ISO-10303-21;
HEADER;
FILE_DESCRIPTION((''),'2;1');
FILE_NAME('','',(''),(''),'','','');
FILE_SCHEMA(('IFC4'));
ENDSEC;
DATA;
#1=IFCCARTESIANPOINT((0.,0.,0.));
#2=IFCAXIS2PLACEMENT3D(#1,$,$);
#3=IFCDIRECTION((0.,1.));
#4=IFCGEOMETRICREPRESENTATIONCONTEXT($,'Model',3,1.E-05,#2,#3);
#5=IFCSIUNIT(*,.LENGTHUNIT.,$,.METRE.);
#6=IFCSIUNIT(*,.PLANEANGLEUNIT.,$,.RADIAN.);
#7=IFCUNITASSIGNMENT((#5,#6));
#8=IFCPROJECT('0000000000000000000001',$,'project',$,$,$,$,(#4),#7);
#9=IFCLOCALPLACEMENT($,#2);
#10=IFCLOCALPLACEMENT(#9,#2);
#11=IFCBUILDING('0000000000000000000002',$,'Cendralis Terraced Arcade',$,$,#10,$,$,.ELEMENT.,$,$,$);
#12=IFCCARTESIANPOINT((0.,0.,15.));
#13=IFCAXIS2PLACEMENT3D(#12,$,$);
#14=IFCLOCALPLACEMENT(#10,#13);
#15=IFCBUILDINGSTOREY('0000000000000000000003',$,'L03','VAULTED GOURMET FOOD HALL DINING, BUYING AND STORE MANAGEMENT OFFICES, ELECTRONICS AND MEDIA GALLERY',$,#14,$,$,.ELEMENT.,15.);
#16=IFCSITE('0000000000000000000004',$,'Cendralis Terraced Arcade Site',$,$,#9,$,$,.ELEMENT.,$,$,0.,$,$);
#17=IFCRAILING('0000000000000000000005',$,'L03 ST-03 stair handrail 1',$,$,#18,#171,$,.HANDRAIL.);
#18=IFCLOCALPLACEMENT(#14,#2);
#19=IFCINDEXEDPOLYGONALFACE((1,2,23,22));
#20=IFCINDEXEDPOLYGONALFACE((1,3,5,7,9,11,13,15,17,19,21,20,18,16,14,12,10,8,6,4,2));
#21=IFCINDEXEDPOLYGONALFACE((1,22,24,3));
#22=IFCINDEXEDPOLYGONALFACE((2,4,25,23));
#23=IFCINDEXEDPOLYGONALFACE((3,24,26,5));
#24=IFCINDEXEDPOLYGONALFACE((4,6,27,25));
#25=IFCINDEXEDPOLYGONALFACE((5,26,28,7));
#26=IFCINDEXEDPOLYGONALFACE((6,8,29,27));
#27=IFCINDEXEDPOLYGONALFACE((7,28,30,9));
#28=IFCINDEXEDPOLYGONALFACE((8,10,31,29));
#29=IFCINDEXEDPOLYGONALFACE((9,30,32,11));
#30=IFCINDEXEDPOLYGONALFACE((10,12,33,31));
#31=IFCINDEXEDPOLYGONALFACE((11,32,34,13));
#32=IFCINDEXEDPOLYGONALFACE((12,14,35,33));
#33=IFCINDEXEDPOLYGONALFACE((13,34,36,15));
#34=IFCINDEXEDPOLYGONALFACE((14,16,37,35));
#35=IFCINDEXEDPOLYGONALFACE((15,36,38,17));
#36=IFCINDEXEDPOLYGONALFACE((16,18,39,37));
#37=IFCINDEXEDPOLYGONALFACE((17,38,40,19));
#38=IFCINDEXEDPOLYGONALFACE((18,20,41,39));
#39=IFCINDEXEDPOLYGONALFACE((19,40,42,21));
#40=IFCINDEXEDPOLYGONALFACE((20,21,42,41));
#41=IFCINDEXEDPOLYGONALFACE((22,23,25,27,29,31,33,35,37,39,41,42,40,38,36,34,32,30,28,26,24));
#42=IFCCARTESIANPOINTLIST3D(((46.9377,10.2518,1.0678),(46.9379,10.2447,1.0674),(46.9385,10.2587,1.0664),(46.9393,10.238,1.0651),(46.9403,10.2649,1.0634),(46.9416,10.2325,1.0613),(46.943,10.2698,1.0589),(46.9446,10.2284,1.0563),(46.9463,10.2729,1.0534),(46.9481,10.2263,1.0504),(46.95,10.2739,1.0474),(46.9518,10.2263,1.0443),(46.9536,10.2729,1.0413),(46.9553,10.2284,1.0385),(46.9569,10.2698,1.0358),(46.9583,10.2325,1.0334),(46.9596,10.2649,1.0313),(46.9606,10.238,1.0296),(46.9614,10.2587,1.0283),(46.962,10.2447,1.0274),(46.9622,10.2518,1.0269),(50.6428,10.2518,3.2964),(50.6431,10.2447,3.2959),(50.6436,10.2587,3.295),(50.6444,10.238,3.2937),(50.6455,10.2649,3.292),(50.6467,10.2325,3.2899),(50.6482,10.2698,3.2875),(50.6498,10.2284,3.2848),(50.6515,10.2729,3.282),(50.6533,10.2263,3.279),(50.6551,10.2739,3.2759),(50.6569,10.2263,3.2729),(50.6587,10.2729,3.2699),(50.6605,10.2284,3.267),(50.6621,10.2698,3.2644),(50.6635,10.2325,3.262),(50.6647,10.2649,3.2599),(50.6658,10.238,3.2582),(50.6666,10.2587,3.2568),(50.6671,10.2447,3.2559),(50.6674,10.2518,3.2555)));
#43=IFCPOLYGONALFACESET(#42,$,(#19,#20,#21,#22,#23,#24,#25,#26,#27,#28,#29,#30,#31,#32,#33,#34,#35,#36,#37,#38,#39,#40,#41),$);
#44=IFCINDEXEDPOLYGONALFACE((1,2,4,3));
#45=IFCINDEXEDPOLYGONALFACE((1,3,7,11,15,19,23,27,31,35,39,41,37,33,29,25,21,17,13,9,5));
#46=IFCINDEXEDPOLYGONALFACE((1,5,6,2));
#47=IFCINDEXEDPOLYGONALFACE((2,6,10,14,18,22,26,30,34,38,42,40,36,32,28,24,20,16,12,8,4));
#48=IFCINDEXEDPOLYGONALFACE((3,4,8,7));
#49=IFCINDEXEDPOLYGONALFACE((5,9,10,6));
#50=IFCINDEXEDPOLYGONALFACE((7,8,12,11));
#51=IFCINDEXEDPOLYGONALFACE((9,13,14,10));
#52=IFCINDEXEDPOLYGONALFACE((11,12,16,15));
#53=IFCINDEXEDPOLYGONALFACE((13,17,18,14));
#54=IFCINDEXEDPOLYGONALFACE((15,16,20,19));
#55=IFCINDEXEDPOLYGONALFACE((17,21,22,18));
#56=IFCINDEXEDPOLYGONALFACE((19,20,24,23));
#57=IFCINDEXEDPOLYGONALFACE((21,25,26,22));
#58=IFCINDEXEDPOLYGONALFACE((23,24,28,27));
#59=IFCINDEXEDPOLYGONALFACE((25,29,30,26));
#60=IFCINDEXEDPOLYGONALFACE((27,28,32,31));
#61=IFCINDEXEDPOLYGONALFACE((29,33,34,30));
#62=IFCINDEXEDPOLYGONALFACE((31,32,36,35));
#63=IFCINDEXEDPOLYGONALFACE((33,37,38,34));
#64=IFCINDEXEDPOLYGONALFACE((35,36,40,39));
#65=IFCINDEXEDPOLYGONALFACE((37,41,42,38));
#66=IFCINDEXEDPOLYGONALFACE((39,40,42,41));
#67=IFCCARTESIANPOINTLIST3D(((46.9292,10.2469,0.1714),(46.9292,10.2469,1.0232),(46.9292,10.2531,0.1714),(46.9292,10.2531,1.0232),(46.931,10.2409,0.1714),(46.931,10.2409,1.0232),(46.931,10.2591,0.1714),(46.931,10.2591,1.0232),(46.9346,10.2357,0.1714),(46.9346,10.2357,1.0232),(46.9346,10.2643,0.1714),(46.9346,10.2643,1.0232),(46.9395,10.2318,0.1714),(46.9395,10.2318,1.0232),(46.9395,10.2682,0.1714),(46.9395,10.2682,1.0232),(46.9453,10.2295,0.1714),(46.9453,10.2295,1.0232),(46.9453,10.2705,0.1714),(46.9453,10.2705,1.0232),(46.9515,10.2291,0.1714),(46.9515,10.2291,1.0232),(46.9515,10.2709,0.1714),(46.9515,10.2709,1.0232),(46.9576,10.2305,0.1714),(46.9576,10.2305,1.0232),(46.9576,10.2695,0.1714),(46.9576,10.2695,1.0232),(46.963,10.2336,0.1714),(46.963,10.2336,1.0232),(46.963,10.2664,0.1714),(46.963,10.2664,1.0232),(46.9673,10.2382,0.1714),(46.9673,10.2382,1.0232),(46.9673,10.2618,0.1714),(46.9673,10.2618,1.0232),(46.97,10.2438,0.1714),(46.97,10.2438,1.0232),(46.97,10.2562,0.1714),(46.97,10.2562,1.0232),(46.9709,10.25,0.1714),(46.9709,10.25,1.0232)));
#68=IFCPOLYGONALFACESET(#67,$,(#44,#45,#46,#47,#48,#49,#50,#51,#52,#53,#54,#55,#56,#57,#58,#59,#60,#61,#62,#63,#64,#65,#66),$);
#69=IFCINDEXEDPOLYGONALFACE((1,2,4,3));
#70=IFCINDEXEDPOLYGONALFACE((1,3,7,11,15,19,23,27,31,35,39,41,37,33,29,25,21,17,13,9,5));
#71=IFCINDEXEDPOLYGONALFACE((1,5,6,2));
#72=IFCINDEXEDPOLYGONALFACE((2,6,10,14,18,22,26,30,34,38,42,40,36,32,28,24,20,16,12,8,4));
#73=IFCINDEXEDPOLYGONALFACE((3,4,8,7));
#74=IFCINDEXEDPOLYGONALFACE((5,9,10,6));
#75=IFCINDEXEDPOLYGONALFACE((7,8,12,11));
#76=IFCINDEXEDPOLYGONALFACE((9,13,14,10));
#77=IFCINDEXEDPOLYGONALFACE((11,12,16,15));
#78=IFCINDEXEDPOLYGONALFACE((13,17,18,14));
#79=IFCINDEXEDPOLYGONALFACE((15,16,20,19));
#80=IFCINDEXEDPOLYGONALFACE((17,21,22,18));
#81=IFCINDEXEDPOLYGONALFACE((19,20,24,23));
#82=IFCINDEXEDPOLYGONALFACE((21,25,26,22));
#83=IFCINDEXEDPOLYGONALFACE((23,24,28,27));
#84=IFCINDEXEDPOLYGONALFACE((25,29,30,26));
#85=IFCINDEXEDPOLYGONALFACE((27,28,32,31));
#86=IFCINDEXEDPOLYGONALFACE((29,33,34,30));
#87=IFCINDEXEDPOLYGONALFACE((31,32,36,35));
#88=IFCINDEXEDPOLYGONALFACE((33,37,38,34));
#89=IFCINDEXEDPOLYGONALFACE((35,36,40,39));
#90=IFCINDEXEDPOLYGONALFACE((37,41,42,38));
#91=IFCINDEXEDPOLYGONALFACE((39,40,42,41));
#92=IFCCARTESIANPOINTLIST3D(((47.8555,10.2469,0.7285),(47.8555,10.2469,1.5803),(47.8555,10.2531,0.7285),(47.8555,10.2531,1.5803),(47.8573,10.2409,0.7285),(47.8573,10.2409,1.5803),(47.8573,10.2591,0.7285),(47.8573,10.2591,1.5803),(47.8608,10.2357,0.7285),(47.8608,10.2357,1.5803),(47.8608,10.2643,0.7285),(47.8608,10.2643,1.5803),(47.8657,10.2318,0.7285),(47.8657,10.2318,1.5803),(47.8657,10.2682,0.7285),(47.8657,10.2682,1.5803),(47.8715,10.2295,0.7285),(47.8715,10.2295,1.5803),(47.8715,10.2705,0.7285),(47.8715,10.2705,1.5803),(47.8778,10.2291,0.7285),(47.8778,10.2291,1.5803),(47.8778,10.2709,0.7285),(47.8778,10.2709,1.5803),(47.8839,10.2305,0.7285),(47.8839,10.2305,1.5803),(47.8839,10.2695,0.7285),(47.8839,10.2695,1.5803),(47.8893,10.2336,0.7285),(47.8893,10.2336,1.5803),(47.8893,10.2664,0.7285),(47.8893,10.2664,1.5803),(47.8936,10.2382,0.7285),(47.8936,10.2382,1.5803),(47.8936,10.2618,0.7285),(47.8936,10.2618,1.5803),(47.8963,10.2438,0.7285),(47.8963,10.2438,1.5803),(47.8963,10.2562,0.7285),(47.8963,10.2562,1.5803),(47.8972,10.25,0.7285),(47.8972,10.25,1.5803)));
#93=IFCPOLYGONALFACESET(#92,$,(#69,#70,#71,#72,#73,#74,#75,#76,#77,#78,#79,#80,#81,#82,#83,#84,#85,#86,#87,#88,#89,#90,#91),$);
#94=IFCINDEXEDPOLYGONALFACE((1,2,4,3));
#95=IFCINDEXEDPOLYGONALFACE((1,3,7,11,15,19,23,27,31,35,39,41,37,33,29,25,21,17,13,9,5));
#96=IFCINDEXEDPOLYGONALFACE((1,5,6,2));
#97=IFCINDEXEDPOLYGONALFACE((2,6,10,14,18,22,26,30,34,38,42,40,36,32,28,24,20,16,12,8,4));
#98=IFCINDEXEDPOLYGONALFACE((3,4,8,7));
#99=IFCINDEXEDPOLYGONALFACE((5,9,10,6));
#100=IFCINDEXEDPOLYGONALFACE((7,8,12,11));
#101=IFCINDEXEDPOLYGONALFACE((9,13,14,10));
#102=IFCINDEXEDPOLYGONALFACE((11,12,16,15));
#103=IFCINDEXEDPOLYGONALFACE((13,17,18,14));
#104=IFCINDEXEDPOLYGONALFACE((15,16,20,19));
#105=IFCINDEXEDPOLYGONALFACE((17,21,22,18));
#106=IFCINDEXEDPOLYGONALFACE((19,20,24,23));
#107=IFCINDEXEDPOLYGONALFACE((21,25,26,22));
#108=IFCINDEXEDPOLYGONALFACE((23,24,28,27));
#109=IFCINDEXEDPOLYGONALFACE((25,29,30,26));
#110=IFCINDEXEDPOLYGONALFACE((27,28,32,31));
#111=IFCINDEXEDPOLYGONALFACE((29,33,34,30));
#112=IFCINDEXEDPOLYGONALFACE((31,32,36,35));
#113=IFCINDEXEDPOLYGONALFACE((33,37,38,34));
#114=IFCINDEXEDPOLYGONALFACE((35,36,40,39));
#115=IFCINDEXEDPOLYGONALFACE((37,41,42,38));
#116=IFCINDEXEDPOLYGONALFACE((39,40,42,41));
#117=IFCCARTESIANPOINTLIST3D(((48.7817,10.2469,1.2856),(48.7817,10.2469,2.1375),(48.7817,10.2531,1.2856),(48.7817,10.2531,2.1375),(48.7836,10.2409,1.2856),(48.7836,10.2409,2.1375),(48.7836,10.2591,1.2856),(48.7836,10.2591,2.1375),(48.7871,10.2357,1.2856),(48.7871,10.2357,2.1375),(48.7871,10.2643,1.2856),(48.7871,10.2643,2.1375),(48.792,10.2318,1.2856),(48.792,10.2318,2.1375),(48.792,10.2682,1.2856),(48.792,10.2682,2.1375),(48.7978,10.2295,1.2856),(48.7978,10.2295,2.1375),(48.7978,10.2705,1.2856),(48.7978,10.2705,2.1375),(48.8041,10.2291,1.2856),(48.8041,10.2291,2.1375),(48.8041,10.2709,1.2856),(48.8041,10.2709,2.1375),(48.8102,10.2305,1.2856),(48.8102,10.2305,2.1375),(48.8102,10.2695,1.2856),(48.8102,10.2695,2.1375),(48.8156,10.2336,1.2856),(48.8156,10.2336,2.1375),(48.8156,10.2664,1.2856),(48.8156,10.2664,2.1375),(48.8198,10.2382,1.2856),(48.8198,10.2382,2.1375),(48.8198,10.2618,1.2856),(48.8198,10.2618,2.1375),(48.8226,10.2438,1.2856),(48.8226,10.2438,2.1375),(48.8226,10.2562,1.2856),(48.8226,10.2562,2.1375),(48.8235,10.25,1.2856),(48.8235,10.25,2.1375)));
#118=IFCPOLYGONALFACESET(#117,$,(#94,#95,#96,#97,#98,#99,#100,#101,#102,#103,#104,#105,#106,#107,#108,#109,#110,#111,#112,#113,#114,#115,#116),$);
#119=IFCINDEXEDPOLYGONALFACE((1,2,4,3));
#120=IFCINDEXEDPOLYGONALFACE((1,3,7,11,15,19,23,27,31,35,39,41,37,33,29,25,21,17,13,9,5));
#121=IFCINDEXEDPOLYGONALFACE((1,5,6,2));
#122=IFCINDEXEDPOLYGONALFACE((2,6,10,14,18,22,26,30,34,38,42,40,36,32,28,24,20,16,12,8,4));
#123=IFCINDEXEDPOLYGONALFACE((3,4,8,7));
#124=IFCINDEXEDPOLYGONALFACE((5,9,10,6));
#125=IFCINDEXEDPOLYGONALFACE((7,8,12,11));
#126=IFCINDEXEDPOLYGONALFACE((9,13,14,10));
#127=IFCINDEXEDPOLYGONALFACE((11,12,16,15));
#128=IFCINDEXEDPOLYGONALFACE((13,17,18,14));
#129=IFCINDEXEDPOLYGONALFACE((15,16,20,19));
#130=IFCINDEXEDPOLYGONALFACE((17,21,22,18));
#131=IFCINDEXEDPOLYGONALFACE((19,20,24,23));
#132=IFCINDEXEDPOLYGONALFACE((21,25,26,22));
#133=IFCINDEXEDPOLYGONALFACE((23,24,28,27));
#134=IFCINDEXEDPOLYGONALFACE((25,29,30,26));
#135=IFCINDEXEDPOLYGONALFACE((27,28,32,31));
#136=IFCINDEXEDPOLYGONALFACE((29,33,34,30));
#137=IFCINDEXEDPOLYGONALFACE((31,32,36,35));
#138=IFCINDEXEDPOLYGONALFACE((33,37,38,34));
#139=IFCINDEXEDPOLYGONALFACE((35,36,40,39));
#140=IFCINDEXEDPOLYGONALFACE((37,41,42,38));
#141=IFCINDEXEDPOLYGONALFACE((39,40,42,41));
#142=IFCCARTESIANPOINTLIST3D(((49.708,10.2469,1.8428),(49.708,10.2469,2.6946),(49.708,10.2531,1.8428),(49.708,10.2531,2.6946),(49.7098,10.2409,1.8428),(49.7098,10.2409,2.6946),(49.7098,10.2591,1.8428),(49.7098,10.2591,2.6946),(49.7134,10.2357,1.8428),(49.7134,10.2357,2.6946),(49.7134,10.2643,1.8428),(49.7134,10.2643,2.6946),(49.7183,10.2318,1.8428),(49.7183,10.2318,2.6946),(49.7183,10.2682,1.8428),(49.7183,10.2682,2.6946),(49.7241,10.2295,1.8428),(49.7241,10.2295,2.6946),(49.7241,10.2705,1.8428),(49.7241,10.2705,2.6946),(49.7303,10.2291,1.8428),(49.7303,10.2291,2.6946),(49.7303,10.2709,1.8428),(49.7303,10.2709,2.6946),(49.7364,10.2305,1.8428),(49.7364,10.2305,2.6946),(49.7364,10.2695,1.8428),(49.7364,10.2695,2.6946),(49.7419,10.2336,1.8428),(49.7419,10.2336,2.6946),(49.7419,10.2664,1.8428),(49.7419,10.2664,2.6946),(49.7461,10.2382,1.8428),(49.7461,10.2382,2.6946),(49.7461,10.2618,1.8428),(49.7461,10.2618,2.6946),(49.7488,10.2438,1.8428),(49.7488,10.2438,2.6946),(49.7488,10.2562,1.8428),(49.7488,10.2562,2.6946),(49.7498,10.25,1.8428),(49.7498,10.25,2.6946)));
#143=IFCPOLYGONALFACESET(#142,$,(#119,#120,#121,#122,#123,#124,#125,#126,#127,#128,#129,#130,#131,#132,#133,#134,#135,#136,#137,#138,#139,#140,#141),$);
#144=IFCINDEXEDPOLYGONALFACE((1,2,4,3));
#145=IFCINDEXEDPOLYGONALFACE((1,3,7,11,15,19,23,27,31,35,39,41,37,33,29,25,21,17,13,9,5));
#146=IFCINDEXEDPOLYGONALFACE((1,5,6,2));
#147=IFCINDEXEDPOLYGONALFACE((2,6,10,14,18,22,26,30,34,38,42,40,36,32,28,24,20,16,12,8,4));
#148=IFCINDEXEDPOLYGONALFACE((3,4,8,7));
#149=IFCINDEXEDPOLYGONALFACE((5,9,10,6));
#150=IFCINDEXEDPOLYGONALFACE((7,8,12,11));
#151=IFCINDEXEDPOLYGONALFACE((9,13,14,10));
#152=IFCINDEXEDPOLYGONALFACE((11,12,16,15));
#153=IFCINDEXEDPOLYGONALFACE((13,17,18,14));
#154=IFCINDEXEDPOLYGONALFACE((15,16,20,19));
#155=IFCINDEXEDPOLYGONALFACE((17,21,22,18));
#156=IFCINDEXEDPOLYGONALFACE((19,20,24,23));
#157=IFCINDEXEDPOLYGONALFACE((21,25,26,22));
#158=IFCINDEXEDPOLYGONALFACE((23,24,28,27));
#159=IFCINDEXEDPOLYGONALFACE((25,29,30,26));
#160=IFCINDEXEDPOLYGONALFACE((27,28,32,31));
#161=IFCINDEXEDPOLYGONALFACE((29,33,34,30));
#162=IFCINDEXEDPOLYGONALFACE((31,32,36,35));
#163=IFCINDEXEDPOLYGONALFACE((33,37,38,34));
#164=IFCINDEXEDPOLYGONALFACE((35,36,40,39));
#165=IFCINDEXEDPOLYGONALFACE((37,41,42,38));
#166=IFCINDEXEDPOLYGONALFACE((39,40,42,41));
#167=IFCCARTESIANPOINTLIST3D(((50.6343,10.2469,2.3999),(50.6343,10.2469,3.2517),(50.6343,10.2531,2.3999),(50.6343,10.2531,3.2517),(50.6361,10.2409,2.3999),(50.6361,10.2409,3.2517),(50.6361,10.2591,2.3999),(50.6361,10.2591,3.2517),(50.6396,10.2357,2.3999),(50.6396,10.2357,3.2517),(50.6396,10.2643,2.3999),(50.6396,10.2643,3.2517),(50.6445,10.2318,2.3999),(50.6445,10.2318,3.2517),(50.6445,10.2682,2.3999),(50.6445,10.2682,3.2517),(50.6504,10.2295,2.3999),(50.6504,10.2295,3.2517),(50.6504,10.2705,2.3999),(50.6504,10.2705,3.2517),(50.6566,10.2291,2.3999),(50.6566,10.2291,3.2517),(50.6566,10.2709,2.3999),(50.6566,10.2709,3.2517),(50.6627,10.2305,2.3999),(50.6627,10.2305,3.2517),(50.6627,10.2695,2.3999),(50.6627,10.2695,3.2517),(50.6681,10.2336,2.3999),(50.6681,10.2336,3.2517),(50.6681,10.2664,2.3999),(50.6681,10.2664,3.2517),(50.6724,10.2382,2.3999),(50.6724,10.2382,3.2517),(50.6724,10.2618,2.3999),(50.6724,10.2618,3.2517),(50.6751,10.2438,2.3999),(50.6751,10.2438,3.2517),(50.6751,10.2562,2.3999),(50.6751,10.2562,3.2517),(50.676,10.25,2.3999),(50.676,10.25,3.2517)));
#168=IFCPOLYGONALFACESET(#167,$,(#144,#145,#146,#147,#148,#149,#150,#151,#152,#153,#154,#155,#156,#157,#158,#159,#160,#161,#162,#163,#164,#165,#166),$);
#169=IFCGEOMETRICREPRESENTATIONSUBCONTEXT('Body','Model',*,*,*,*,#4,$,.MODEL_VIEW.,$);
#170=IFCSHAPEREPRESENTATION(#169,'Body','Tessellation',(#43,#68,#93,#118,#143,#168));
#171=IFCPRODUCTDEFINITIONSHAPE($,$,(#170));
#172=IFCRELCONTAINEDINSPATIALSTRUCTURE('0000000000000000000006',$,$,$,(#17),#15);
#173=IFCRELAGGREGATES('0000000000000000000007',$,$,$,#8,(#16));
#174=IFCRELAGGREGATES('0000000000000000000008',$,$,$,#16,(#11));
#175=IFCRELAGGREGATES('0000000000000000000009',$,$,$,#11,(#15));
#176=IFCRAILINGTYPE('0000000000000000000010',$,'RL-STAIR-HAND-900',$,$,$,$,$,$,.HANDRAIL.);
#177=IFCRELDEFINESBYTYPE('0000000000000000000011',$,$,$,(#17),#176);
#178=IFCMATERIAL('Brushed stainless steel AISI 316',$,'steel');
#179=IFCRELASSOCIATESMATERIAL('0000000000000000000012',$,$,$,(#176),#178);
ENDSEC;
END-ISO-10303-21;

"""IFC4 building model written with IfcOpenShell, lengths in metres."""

from ifc_helpers import new_model, si_unit, direction, frame, origin, origin_2d, place, context, subcontext, project, spatial, circle, extrude, material, type_object, element, save


model = new_model("IFC4")

# Units and contexts
model_context = context("Model", 3, precision=1e-05, world=origin(), true_north=direction((0.0, 1.0)))
body_context = subcontext(model_context, "Body", "Model", "MODEL_VIEW")
ifc_project = project(units=[si_unit("LENGTHUNIT", "METRE"), si_unit("PLANEANGLEUNIT", "RADIAN")], contexts=[model_context])

# Site, building, storey
site_placement = place(None, origin())
site = spatial("IfcSite", under=ifc_project, at=site_placement, Name="Cendralis Terraced Arcade Site", CompositionType="ELEMENT", RefElevation=0.0)
building_placement = place(site_placement, origin())
building = spatial("IfcBuilding", under=site, at=building_placement, Name="Cendralis Terraced Arcade", CompositionType="ELEMENT")
storey_placement = place(building_placement, frame((0.0, 0.0, 15.0)))
storey = spatial("IfcBuildingStorey", under=building, at=storey_placement, Name="L03", Description="VAULTED GOURMET FOOD HALL DINING, BUYING AND STORE MANAGEMENT OFFICES, ELECTRONICS AND MEDIA GALLERY", CompositionType="ELEMENT", Elevation=15.0)

# Railing
ifc_material_1 = material(Name="Brushed stainless steel AISI 316", Category="steel")
railing_type_1 = type_object("IfcRailingType", Name="RL-STAIR-HAND-900", PredefinedType="HANDRAIL", material=ifc_material_1)
railing_1_placement = place(storey_placement, frame((46.95, 10.25, 0.1714)))
element("IfcRailing", 1, at=railing_1_placement, inside=storey, type_object=railing_type_1, Name="L03 ST-03 stair handrail 1", PredefinedType="HANDRAIL", context=body_context, shape_type="SweptSolid", body=[
    extrude(circle(Radius=0.0239, at=origin_2d()), frame((0.0, 0.0, 0.876), z_axis=(0.856934, 0.0, 0.515425), x_axis=(0.0, 1.0, 0.0)), (0.0, 0.0, 1.0), 4.3237),
    extrude(circle(Radius=0.021, at=origin_2d()), origin(), (0.0, 0.0, 1.0), 0.8518),
    extrude(circle(Radius=0.021, at=origin_2d()), frame((0.9263, 0.0, 0.5571)), (0.0, 0.0, 1.0), 0.8518),
    extrude(circle(Radius=0.021, at=origin_2d()), frame((1.8525, 0.0, 1.1143)), (0.0, 0.0, 1.0), 0.8518),
    extrude(circle(Radius=0.021, at=origin_2d()), frame((2.7788, 0.0, 1.6714)), (0.0, 0.0, 1.0), 0.8518),
    extrude(circle(Radius=0.021, at=origin_2d()), frame((3.7051, 0.0, 2.2285)), (0.0, 0.0, 1.0), 0.8518),
])

save(model, "model.ifc")
